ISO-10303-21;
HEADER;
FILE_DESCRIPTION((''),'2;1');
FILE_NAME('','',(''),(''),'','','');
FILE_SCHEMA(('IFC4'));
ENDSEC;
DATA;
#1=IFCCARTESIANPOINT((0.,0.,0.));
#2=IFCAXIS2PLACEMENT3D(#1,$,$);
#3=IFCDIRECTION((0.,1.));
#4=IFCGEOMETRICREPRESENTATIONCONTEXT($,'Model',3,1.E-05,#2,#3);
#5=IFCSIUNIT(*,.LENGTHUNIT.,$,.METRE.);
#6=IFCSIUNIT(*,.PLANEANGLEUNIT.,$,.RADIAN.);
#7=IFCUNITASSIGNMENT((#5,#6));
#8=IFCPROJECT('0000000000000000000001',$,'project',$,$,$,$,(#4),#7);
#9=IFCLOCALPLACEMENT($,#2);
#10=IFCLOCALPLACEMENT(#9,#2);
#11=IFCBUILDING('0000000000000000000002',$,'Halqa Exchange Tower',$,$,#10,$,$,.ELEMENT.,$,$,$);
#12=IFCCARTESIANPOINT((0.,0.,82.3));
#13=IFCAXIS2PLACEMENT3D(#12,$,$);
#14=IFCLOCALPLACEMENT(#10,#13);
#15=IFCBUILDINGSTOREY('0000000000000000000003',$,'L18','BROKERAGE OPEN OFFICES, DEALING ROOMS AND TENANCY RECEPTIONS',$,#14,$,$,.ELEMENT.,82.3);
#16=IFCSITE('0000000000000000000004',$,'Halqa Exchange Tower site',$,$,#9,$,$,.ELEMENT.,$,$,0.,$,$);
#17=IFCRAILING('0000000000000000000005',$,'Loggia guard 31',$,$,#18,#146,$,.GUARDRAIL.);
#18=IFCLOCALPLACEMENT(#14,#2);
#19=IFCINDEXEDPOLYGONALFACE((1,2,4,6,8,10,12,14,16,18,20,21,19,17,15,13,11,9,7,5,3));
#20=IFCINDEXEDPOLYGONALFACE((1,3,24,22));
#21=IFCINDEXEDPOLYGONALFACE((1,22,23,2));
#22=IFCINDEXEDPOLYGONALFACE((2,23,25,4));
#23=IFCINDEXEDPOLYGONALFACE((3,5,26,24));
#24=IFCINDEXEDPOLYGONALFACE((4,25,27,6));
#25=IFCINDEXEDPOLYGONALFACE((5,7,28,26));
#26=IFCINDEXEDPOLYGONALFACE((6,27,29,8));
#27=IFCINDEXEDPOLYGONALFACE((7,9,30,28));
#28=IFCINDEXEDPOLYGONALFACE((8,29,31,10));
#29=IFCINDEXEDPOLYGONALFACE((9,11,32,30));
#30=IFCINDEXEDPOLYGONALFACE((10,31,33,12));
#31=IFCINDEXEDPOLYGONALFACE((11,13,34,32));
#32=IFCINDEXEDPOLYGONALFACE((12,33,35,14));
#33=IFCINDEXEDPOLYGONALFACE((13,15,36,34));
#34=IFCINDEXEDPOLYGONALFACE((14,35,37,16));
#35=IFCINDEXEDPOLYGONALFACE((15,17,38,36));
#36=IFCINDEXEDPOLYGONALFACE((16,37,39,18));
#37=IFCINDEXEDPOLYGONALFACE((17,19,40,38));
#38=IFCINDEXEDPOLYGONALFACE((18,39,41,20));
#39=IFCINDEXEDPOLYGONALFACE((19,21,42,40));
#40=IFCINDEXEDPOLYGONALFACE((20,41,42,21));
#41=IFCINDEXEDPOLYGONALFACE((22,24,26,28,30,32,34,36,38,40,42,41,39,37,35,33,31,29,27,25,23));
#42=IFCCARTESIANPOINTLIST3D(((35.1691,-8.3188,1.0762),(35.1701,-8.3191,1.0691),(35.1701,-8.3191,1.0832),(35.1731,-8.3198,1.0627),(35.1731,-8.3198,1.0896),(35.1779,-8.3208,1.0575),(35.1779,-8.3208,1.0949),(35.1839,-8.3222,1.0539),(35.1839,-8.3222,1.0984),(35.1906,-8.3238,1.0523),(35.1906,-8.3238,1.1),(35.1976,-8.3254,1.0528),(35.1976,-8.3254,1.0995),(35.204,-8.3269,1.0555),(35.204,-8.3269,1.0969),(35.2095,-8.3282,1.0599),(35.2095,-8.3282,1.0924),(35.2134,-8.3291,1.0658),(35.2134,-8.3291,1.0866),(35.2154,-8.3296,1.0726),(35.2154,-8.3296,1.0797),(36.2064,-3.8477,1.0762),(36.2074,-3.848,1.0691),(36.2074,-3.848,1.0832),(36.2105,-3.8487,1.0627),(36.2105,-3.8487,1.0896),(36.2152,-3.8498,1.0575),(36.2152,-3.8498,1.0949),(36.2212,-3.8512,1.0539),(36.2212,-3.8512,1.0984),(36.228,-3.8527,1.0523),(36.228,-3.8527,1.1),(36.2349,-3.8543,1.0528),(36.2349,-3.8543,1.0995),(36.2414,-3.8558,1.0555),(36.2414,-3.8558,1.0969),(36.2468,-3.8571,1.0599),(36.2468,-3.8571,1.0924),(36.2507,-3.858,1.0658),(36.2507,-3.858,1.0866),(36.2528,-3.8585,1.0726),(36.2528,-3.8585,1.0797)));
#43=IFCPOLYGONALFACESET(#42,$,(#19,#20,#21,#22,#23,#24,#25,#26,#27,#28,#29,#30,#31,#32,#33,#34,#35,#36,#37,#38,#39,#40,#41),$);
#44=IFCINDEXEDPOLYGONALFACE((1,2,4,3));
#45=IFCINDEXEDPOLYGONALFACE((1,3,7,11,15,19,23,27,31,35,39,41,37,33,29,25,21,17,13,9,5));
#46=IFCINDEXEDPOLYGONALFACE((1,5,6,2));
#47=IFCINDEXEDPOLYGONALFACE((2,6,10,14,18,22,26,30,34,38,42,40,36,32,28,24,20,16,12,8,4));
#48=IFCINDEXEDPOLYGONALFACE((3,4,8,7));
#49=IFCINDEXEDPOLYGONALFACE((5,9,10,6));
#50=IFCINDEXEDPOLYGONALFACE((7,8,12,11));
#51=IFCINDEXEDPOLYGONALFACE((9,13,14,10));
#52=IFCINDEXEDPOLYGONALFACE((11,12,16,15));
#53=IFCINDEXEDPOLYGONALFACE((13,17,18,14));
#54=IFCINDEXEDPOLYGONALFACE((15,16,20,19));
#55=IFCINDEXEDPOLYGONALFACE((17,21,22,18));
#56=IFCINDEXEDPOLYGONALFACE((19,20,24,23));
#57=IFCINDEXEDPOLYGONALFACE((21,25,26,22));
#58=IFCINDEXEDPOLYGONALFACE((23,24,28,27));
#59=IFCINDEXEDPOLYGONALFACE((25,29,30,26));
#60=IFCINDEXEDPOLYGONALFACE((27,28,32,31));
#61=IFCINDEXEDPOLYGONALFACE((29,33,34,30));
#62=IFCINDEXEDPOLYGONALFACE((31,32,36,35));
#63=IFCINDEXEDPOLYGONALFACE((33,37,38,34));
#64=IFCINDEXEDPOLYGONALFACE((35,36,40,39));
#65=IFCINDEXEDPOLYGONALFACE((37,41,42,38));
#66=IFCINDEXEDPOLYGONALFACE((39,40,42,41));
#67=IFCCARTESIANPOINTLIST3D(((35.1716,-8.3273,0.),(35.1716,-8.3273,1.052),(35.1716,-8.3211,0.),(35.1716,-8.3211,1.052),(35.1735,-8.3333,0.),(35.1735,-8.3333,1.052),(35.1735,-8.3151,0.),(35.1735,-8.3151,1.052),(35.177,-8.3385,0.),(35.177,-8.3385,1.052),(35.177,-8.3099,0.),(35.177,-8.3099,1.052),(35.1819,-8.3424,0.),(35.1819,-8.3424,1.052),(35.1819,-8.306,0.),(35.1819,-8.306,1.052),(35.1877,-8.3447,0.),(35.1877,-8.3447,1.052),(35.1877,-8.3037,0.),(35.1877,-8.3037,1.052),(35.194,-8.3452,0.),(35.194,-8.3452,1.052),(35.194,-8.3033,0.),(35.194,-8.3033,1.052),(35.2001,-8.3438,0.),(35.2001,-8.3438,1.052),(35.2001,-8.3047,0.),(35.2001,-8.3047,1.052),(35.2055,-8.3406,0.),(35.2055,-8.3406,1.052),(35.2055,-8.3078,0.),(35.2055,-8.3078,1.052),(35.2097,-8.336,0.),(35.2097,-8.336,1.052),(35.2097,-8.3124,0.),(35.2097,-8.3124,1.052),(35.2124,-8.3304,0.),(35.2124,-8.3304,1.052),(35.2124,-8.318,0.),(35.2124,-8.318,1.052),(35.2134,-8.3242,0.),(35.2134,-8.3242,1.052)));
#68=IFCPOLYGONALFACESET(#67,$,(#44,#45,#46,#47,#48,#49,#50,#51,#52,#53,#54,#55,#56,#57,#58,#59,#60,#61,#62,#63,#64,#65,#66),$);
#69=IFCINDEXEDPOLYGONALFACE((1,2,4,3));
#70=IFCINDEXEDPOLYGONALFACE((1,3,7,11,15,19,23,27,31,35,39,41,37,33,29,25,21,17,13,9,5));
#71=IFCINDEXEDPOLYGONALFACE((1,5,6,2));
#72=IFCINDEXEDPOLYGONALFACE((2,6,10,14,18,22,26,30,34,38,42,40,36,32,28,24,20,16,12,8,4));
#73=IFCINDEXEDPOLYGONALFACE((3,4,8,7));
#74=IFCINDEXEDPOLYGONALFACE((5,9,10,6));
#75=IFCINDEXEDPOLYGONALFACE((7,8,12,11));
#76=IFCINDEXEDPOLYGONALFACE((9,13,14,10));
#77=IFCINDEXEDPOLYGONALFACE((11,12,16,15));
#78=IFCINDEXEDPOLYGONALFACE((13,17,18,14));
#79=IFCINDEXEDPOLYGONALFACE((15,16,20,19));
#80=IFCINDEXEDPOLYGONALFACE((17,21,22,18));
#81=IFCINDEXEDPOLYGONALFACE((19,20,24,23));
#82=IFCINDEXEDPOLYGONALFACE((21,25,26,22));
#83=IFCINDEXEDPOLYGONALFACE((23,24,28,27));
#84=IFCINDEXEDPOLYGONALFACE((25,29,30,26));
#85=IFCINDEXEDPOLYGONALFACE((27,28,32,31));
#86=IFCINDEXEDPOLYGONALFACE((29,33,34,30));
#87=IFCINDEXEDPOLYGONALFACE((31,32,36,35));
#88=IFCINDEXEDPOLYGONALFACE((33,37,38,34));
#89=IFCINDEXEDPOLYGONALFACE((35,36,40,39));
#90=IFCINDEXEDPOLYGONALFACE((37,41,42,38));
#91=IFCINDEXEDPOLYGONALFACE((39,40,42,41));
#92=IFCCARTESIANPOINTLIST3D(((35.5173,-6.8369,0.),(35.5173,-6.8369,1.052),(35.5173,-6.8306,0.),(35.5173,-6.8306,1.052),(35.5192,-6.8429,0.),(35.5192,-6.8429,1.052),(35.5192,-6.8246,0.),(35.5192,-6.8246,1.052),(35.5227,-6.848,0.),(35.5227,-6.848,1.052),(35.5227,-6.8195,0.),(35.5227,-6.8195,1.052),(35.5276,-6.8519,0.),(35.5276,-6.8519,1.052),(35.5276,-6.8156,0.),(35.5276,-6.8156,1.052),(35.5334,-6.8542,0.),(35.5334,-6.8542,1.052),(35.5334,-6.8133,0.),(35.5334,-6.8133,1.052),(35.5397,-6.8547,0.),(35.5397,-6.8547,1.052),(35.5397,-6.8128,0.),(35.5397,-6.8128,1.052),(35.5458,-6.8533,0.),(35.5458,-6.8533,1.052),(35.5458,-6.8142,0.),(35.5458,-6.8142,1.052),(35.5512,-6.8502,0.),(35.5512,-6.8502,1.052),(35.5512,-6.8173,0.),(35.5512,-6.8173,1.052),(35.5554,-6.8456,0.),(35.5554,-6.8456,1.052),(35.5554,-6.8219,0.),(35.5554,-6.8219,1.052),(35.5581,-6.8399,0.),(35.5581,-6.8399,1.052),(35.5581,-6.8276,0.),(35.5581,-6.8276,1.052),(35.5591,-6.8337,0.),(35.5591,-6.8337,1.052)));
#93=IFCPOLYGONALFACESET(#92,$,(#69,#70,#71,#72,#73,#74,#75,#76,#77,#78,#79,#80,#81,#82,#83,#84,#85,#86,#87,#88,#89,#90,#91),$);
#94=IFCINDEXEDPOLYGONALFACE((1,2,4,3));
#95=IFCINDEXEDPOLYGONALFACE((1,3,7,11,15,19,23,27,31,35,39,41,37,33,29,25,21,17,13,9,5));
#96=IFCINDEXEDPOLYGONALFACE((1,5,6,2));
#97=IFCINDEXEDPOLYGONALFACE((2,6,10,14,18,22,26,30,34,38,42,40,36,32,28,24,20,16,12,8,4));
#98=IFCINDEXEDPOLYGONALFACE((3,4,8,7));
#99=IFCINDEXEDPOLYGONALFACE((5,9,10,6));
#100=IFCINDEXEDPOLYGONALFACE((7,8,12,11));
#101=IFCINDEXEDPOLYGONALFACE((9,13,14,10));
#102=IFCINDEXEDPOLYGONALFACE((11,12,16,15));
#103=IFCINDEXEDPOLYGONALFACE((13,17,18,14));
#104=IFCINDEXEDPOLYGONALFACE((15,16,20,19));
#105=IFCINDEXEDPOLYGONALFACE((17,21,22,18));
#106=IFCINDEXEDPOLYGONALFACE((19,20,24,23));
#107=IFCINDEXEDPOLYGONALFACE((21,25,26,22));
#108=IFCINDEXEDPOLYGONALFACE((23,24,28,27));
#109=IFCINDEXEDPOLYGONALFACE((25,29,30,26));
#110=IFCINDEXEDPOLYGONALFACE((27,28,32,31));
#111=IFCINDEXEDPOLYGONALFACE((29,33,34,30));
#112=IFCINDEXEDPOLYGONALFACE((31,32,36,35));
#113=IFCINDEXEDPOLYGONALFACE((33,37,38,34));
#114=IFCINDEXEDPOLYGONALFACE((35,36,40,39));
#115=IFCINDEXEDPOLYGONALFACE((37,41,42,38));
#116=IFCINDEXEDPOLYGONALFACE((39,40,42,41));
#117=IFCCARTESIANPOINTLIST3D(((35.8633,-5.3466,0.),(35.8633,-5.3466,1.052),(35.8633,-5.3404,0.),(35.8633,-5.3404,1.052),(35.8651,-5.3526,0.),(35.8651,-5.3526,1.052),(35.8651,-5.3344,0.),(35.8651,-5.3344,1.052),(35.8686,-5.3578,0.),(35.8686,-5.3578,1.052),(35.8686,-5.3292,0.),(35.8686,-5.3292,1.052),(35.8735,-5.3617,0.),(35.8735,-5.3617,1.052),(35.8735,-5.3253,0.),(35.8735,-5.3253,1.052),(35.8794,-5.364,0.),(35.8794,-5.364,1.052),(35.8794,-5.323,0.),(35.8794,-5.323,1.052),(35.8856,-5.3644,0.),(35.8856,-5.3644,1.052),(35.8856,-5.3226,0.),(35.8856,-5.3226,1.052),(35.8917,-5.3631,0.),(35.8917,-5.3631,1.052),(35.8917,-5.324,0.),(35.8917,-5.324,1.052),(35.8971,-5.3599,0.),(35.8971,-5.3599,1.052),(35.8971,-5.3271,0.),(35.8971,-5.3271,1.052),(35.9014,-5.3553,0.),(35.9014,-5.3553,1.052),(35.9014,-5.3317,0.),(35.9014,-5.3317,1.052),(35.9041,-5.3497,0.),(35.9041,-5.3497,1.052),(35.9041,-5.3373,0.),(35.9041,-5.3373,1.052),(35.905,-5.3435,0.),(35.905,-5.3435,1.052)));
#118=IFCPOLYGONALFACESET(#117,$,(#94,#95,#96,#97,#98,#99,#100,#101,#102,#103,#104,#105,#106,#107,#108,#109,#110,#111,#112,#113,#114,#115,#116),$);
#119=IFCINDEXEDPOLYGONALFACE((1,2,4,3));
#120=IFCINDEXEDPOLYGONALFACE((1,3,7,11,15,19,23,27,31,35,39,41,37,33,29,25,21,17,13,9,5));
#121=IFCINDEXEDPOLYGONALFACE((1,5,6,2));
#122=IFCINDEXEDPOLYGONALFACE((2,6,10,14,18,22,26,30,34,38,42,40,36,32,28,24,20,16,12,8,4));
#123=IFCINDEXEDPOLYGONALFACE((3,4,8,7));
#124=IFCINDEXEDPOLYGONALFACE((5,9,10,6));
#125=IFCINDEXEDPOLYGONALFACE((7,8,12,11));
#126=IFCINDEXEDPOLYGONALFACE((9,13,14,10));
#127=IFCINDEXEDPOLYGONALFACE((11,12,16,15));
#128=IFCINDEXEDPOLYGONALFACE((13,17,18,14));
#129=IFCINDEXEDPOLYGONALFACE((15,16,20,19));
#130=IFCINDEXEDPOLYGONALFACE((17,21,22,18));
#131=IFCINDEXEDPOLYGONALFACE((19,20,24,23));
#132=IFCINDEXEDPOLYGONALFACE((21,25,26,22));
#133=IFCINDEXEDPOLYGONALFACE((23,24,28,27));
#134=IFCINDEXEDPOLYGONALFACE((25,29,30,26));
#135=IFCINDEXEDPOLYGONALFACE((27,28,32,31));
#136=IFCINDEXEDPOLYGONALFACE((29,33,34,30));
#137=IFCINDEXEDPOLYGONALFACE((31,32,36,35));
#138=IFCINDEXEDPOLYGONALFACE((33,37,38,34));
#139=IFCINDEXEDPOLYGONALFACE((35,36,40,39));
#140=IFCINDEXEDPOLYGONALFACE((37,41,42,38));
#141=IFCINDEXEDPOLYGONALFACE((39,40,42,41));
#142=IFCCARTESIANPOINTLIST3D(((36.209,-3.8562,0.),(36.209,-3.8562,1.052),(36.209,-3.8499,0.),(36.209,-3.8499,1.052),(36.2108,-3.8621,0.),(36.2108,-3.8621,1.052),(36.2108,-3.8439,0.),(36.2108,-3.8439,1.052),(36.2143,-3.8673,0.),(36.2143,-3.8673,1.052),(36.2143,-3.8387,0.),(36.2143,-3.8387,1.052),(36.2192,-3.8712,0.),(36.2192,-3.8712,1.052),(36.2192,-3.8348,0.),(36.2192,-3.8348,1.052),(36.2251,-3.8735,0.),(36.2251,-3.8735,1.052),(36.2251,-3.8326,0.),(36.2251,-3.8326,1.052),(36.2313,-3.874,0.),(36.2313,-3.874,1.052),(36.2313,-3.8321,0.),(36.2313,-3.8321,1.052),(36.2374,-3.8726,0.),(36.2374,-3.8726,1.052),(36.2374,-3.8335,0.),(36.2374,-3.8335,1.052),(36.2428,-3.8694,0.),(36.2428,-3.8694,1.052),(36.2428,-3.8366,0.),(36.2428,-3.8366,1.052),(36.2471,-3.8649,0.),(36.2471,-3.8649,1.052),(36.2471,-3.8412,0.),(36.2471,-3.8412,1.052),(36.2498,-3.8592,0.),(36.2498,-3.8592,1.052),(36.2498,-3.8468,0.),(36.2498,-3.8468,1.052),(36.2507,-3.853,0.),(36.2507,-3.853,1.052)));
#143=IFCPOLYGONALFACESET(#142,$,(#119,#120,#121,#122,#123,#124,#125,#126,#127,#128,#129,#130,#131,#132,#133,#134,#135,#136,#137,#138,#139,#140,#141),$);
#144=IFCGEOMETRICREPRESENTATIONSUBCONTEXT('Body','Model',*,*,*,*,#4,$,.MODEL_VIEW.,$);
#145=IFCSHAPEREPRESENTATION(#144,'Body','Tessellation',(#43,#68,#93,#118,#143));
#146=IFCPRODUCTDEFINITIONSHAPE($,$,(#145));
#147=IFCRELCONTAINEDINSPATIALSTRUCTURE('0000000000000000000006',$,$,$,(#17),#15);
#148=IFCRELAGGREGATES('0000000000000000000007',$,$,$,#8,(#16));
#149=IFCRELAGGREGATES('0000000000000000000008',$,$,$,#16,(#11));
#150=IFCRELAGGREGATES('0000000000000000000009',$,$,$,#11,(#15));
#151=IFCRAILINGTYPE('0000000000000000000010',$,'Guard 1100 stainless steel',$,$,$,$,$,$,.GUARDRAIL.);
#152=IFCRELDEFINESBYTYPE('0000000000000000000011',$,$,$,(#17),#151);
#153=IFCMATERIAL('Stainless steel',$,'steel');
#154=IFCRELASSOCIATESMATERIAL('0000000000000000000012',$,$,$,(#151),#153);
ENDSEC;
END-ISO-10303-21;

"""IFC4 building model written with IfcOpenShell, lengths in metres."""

from ifc_helpers import new_model, si_unit, direction, frame, origin, origin_2d, place, context, subcontext, project, spatial, circle, extrude, material, type_object, element, save


model = new_model("IFC4")

# Units and contexts
model_context = context("Model", 3, precision=1e-05, world=origin(), true_north=direction((0.0, 1.0)))
body_context = subcontext(model_context, "Body", "Model", "MODEL_VIEW")
ifc_project = project(units=[si_unit("LENGTHUNIT", "METRE"), si_unit("PLANEANGLEUNIT", "RADIAN")], contexts=[model_context])

# Site, building, storey
site_placement = place(None, origin())
site = spatial("IfcSite", under=ifc_project, at=site_placement, Name="Halqa Exchange Tower site", CompositionType="ELEMENT", RefElevation=0.0)
building_placement = place(site_placement, origin())
building = spatial("IfcBuilding", under=site, at=building_placement, Name="Halqa Exchange Tower", CompositionType="ELEMENT")
storey_placement = place(building_placement, frame((0.0, 0.0, 82.3)))
storey = spatial("IfcBuildingStorey", under=building, at=storey_placement, Name="L18", Description="BROKERAGE OPEN OFFICES, DEALING ROOMS AND TENANCY RECEPTIONS", CompositionType="ELEMENT", Elevation=82.3)

# Railing
ifc_material_1 = material(Name="Stainless steel", Category="steel")
railing_type = type_object("IfcRailingType", Name="Guard 1100 stainless steel", PredefinedType="GUARDRAIL", material=ifc_material_1)
railing_1_placement = place(storey_placement, frame((35.1924, -8.3242, 0.0)))
element("IfcRailing", 1, at=railing_1_placement, inside=storey, type_object=railing_type, Name="Loggia guard 31", PredefinedType="GUARDRAIL", context=body_context, shape_type="SweptSolid", body=[
    extrude(circle(Radius=0.0239, at=origin_2d()), frame((0.0, 0.0, 1.0762), z_axis=(0.226005, 0.974126, 0.0), x_axis=(-0.974126, 0.226005, 0.0)), (0.0, 0.0, 1.0), 4.5898),
    extrude(circle(Radius=0.021, at=origin_2d()), origin(), (0.0, 0.0, 1.0), 1.052),
    extrude(circle(Radius=0.021, at=origin_2d()), frame((0.3457, 1.4905, 0.0)), (0.0, 0.0, 1.0), 1.052),
    extrude(circle(Radius=0.021, at=origin_2d()), frame((0.6917, 2.9807, 0.0)), (0.0, 0.0, 1.0), 1.052),
    extrude(circle(Radius=0.021, at=origin_2d()), frame((1.0374, 4.4712, 0.0)), (0.0, 0.0, 1.0), 1.052),
])

save(model, "model.ifc")
